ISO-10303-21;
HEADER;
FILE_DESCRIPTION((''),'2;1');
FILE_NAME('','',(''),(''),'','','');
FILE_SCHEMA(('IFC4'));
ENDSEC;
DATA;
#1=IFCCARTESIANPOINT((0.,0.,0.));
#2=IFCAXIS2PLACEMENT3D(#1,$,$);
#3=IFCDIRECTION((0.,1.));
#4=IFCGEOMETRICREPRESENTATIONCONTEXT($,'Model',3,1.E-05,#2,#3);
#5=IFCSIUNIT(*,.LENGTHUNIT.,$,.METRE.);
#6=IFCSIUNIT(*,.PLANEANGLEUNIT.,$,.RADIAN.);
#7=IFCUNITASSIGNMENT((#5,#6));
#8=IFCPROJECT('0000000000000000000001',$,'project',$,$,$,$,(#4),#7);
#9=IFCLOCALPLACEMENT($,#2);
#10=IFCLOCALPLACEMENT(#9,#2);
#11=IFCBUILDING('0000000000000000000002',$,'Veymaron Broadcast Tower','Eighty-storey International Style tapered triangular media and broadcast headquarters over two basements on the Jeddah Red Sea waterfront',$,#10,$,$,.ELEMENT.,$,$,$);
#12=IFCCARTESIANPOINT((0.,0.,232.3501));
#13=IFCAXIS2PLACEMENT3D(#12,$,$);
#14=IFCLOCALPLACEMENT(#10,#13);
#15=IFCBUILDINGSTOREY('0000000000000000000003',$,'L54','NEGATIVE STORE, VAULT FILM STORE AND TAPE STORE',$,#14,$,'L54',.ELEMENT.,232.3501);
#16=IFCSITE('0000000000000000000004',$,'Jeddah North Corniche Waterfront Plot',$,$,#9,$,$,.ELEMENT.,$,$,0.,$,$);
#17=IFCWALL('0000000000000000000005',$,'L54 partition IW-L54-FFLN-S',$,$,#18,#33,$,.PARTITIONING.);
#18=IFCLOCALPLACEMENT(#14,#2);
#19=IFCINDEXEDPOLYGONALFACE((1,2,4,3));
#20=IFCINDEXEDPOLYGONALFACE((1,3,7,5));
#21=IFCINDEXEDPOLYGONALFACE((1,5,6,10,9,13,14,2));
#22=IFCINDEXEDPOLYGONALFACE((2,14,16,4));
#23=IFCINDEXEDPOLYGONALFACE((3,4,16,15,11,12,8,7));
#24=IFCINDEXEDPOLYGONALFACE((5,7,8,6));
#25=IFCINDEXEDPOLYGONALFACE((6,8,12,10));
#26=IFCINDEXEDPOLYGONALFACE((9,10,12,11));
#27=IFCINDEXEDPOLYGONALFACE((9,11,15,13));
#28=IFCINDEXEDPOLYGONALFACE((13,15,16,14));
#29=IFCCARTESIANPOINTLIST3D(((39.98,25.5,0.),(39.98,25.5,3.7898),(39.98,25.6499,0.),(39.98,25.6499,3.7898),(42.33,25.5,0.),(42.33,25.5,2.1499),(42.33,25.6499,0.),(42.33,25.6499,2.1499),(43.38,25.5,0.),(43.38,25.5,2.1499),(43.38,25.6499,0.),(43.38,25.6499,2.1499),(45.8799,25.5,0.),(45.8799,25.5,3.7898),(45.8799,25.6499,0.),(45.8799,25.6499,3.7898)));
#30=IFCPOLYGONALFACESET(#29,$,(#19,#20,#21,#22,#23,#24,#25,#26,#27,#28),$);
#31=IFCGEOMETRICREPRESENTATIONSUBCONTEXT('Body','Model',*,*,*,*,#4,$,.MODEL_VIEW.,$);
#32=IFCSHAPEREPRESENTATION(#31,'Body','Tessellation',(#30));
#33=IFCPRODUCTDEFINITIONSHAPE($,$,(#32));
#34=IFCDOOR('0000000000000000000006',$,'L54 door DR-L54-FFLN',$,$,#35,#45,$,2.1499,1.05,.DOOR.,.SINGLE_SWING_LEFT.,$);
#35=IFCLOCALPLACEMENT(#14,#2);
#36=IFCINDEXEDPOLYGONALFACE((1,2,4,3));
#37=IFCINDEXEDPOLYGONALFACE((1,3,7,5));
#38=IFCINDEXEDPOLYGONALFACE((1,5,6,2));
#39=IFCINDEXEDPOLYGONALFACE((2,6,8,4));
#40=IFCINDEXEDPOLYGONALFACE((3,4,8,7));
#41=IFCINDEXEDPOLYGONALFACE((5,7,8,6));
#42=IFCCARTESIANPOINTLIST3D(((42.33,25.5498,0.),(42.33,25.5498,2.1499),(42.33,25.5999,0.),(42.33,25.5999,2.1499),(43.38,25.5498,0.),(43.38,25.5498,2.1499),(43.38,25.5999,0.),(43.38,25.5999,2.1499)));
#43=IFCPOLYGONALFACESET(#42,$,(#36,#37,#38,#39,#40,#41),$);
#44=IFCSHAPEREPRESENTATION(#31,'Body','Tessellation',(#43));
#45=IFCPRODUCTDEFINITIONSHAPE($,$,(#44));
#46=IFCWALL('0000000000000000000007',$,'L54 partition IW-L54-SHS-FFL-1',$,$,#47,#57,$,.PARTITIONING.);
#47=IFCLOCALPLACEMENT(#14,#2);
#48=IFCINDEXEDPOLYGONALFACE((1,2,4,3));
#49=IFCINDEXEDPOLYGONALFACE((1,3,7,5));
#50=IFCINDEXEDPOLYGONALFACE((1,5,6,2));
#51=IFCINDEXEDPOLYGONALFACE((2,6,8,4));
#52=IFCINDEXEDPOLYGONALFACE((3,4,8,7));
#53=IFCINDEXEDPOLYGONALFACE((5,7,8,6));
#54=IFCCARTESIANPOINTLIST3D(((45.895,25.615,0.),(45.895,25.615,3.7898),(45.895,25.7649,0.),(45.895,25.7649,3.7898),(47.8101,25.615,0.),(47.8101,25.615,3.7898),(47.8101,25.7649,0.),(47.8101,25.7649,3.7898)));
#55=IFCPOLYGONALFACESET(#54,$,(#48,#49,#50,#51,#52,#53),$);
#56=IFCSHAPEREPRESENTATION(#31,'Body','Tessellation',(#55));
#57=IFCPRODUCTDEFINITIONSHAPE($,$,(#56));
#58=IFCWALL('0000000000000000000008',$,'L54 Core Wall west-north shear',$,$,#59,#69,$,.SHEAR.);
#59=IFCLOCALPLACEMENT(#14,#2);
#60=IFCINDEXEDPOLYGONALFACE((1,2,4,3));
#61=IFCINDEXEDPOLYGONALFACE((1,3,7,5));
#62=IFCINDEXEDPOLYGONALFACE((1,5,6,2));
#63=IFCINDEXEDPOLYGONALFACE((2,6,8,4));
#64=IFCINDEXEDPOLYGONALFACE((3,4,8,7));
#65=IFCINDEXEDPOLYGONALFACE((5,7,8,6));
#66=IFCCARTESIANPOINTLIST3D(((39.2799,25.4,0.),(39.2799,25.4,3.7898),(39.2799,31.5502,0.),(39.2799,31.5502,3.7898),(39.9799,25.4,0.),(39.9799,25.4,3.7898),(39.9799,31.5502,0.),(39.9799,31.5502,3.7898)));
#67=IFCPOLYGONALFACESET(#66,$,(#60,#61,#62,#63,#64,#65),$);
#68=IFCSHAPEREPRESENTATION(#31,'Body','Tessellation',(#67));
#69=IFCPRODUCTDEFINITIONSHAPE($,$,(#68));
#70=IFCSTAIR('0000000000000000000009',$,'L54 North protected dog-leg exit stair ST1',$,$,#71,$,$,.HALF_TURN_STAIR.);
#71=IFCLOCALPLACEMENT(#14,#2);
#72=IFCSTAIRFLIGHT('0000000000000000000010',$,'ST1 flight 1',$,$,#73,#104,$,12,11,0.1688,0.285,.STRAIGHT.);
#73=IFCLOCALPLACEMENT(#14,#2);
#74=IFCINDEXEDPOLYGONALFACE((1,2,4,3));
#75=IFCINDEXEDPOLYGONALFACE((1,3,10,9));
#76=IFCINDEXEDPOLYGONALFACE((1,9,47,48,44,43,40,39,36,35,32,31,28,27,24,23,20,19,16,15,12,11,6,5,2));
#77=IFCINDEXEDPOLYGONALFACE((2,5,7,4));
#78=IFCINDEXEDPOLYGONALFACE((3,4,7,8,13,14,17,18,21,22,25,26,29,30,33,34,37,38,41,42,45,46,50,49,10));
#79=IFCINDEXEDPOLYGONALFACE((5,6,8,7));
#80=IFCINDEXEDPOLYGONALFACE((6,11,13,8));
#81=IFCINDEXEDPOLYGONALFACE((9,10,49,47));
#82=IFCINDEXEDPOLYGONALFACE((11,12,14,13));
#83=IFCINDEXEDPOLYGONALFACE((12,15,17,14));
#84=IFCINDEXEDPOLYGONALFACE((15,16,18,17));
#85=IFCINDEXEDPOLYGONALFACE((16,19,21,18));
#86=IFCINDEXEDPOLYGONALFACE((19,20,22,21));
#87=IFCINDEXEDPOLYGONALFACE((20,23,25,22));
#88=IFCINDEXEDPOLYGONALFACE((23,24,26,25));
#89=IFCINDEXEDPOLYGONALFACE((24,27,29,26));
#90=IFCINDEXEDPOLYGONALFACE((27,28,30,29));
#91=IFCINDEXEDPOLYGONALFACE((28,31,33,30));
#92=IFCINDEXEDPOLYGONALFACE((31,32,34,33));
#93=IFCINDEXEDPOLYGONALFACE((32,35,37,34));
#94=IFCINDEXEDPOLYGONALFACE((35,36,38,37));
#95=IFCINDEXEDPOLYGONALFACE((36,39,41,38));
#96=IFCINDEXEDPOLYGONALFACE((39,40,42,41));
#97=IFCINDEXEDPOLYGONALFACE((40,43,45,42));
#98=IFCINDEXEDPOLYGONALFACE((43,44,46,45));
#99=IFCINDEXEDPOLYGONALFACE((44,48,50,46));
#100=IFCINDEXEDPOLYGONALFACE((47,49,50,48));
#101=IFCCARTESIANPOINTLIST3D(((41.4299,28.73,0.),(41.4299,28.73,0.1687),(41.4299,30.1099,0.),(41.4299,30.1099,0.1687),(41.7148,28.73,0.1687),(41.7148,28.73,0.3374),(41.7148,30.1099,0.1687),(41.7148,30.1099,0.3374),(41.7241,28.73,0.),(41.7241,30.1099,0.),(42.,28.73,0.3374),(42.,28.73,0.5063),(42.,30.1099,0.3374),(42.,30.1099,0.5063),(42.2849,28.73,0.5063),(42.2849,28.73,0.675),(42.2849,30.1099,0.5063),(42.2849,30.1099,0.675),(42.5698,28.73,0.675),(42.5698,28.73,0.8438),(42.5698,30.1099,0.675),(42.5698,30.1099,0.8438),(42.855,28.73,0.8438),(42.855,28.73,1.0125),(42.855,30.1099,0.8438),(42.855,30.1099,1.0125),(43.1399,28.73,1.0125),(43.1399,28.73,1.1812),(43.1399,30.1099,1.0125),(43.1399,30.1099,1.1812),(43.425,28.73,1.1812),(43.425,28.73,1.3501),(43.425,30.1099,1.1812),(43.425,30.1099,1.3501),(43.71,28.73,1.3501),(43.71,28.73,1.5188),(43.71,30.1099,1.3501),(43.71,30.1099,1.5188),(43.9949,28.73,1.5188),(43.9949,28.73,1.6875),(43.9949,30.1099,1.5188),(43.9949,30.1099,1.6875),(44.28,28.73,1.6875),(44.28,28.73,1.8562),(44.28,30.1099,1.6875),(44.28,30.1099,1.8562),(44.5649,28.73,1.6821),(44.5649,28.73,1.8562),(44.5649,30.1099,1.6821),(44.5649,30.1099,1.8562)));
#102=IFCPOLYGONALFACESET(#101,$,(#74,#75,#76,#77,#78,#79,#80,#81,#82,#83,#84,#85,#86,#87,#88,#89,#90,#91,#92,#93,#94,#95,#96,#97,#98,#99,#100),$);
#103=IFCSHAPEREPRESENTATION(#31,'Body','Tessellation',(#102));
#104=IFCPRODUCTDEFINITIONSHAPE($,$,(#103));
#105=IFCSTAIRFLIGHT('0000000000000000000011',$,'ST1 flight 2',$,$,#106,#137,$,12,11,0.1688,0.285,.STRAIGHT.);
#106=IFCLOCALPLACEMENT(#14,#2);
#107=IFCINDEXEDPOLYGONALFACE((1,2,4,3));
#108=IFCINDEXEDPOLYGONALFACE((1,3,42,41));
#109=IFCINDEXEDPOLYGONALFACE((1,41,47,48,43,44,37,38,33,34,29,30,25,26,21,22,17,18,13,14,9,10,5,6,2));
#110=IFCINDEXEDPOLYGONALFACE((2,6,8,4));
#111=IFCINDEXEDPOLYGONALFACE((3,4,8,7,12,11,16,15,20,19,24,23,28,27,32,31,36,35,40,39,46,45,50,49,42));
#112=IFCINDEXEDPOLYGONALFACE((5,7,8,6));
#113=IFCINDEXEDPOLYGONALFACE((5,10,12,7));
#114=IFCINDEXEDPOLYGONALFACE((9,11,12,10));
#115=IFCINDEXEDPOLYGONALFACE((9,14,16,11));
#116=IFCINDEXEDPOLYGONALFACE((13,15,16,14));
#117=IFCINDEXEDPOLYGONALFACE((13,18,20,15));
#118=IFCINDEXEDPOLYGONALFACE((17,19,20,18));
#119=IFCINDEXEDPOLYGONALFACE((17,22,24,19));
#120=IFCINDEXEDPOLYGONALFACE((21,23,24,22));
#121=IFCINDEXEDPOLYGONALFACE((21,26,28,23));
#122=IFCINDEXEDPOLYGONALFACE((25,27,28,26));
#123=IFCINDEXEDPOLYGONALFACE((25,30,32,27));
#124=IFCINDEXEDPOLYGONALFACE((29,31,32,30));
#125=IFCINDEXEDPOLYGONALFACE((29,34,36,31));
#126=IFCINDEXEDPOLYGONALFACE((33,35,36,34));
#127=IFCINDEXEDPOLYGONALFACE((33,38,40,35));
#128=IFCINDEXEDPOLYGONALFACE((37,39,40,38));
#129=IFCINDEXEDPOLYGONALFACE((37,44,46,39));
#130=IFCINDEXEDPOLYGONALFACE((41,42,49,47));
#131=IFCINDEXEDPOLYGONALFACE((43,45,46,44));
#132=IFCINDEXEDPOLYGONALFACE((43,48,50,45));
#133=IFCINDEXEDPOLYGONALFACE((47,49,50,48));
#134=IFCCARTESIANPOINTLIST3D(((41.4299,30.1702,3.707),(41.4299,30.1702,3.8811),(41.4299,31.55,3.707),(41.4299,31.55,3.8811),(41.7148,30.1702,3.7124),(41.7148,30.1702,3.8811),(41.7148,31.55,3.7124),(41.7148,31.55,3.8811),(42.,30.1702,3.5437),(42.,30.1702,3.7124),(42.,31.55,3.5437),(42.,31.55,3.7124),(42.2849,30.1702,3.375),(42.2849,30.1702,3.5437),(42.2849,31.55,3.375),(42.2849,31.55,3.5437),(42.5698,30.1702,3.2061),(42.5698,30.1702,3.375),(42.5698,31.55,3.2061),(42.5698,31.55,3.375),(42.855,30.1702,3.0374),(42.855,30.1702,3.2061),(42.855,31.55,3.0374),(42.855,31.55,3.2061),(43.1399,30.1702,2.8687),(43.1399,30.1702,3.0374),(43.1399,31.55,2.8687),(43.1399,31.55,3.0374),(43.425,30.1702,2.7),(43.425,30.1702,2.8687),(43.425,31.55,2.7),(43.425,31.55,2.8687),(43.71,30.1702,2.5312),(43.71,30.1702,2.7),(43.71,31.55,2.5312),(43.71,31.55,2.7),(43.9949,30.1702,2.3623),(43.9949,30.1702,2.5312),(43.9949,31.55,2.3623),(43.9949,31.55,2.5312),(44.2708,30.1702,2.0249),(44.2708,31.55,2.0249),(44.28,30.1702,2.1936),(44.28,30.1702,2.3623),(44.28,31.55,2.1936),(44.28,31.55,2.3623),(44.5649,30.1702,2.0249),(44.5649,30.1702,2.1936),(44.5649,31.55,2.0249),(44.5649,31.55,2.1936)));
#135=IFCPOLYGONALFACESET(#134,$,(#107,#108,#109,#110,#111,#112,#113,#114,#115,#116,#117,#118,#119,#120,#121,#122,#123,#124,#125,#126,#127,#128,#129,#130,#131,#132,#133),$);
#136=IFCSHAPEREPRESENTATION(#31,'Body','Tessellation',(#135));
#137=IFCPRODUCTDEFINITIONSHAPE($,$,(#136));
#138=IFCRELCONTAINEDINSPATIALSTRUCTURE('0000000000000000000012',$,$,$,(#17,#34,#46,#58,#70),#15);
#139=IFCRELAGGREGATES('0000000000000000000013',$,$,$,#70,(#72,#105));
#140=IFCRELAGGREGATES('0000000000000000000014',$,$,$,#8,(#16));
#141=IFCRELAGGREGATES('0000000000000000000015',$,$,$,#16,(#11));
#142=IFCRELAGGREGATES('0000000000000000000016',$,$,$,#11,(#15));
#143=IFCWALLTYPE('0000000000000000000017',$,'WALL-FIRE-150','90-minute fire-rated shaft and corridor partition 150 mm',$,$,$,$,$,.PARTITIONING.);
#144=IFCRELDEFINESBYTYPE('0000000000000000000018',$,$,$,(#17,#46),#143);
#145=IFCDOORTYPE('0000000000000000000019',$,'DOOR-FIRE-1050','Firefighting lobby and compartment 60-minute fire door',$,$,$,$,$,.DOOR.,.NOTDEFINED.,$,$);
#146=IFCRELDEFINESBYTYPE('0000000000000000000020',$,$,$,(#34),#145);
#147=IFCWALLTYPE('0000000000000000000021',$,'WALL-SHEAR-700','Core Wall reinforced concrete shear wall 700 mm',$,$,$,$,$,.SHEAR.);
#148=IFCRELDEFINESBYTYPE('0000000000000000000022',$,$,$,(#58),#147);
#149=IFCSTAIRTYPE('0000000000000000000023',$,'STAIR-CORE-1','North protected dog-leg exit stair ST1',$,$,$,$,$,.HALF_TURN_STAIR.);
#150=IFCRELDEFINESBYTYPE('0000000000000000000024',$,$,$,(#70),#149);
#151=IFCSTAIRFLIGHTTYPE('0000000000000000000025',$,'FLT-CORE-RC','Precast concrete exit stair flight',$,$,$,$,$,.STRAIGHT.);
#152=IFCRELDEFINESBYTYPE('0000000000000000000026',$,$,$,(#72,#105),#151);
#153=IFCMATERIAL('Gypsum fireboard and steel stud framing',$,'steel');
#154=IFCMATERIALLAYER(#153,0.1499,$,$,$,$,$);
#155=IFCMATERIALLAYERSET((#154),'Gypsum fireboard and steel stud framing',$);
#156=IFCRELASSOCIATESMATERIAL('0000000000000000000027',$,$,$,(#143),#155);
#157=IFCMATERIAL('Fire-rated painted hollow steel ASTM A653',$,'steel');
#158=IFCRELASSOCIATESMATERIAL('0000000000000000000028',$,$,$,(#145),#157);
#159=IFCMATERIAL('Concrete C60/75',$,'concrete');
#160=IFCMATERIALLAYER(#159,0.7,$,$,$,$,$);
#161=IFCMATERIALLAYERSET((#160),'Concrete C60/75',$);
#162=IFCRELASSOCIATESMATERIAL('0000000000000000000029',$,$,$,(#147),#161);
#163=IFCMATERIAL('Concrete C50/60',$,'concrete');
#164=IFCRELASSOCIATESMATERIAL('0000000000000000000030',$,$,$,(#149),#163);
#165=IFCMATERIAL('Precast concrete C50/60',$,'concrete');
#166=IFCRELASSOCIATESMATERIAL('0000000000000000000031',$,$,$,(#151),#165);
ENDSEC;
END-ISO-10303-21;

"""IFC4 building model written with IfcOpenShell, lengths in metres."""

from ifc_helpers import new_model, si_unit, direction, frame, frame_2d, origin, place, context, subcontext, project, spatial, polyline, rectangle, outline, extrude, material, layer, layer_set, type_object, element, fill, aggregate, save


model = new_model("IFC4")

# Units and contexts
model_context = context("Model", 3, precision=1e-05, world=origin(), true_north=direction((0.0, 1.0)))
body_context = subcontext(model_context, "Body", "Model", "MODEL_VIEW")
ifc_project = project(units=[si_unit("LENGTHUNIT", "METRE"), si_unit("PLANEANGLEUNIT", "RADIAN")], contexts=[model_context])

# Site, building, storey
site_placement = place(None, origin())
site = spatial("IfcSite", under=ifc_project, at=site_placement, Name="Jeddah North Corniche Waterfront Plot", CompositionType="ELEMENT", RefElevation=0.0)
building_placement = place(site_placement, origin())
building = spatial("IfcBuilding", under=site, at=building_placement, Name="Veymaron Broadcast Tower", Description="Eighty-storey International Style tapered triangular media and broadcast headquarters over two basements on the Jeddah Red Sea waterfront", CompositionType="ELEMENT")
storey_placement = place(building_placement, frame((0.0, 0.0, 232.3501)))
storey = spatial("IfcBuildingStorey", under=building, at=storey_placement, Name="L54", Description="NEGATIVE STORE, VAULT FILM STORE AND TAPE STORE", LongName="L54", CompositionType="ELEMENT", Elevation=232.3501)

# Wall, opening, door
ifc_material_1 = material(Name="Gypsum fireboard and steel stud framing", Category="steel")
ifc_layer_1 = layer(ifc_material_1, 0.1499)
ifc_layer_set_1 = layer_set([ifc_layer_1], Name="Gypsum fireboard and steel stud framing")
wall_type_1 = type_object("IfcWallType", Name="WALL-FIRE-150", Description="90-minute fire-rated shaft and corridor partition 150 mm", PredefinedType="PARTITIONING", material=ifc_layer_set_1)
wall_1_placement = place(storey_placement, frame((39.98, 25.575, 0.0), z_axis=(0.0, 0.0, 1.0), x_axis=(1.0, 0.0, 0.0)))
wall_1 = element("IfcWall", 1, at=wall_1_placement, inside=storey, type_object=wall_type_1, Name="L54 partition IW-L54-FFLN-S", PredefinedType="PARTITIONING", context=body_context, shape_type="SweptSolid", body=[
    extrude(rectangle(XDim=5.8999, YDim=0.1499, at=frame_2d((2.95, 0.0))), origin(), (0.0, 0.0, 1.0), 3.7898),
])
opening_1_placement = place(wall_1_placement, frame((2.3501, 0.0, 0.0)))
opening_1 = element("IfcOpeningElement", 2, at=opening_1_placement, cuts=wall_1, PredefinedType="OPENING", context=body_context, shape_type="SweptSolid", body=[
    extrude(rectangle(XDim=1.05, YDim=2.1499, at=frame_2d((0.5249, 1.075))), frame((0.0, 0.085, 0.0), z_axis=(0.0, -1.0, 0.0), x_axis=(1.0, 0.0, 0.0)), (0.0, 0.0, 1.0), 0.1699),
])
ifc_material_2 = material(Name="Fire-rated painted hollow steel ASTM A653", Category="steel")
door_type_1 = type_object("IfcDoorType", Name="DOOR-FIRE-1050", Description="Firefighting lobby and compartment 60-minute fire door", OperationType="NOTDEFINED", PredefinedType="DOOR", material=ifc_material_2)
door_1_placement = place(opening_1_placement, origin())
door_1 = element("IfcDoor", 3, at=door_1_placement, inside=storey, type_object=door_type_1, Name="L54 door DR-L54-FFLN", OperationType="SINGLE_SWING_LEFT", OverallHeight=2.1499, OverallWidth=1.05, PredefinedType="DOOR", context=body_context, shape_type="SweptSolid", body=[
    extrude(rectangle(XDim=1.05, YDim=2.1499, at=frame_2d((0.5249, 1.075))), frame((0.0, 0.0249, 0.0), z_axis=(0.0, -1.0, 0.0), x_axis=(1.0, 0.0, 0.0)), (0.0, 0.0, 1.0), 0.05),
])
fill(opening_1, door_1)

# Wall
wall_2_placement = place(storey_placement, frame((45.895, 25.6899, 0.0), z_axis=(0.0, 0.0, 1.0), x_axis=(1.0, 0.0, 0.0)))
element("IfcWall", 4, at=wall_2_placement, inside=storey, type_object=wall_type_1, Name="L54 partition IW-L54-SHS-FFL-1", PredefinedType="PARTITIONING", context=body_context, shape_type="SweptSolid", body=[
    extrude(rectangle(XDim=1.915, YDim=0.1499, at=frame_2d((0.9575, 0.0))), origin(), (0.0, 0.0, 1.0), 3.7898),
])

# Shared definitions
ifc_material_3 = material(Name="Concrete C50/60", Category="concrete")

# Wall
ifc_material_4 = material(Name="Concrete C60/75", Category="concrete")
ifc_layer_2 = layer(ifc_material_4, 0.7)
ifc_layer_set_2 = layer_set([ifc_layer_2], Name="Concrete C60/75")
wall_type_2 = type_object("IfcWallType", Name="WALL-SHEAR-700", Description="Core Wall reinforced concrete shear wall 700 mm", PredefinedType="SHEAR", material=ifc_layer_set_2)
wall_3_placement = place(storey_placement, frame((39.6299, 25.3999, 0.0), z_axis=(0.0, 0.0, 1.0), x_axis=(0.0, 1.0, 0.0)))
element("IfcWall", 5, at=wall_3_placement, inside=storey, type_object=wall_type_2, Name="L54 Core Wall west-north shear", PredefinedType="SHEAR", context=body_context, shape_type="SweptSolid", body=[
    extrude(rectangle(XDim=6.1501, YDim=0.7, at=frame_2d((3.0752, 0.0))), origin(), (0.0, 0.0, 1.0), 3.7898),
])

# Stair, stair flights
stair_type = type_object("IfcStairType", Name="STAIR-CORE-1", Description="North protected dog-leg exit stair ST1", PredefinedType="HALF_TURN_STAIR", material=ifc_material_3)
stair_placement = place(storey_placement, origin())
stair = element("IfcStair", 6, at=stair_placement, inside=storey, type_object=stair_type, Name="L54 North protected dog-leg exit stair ST1", PredefinedType="HALF_TURN_STAIR")
ifc_material_5 = material(Name="Precast concrete C50/60", Category="concrete")
stair_flight_type = type_object("IfcStairFlightType", Name="FLT-CORE-RC", Description="Precast concrete exit stair flight", PredefinedType="STRAIGHT", material=ifc_material_5)
stair_flight_1_placement = place(storey_placement, frame((41.4299, 29.4199, 0.0), z_axis=(0.0, 0.0, 1.0), x_axis=(1.0, 0.0, 0.0)))
stair_flight_1 = element("IfcStairFlight", 7, at=stair_flight_1_placement, type_object=stair_flight_type, Name="ST1 flight 1", NumberOfRisers=12, NumberOfTreads=11, PredefinedType="STRAIGHT", RiserHeight=0.1688, TreadLength=0.285, context=body_context, shape_type="SweptSolid", body=[
    extrude(outline(polyline([(0.0, 0.0), (0.0, 0.1687), (0.2849, 0.1687), (0.2849, 0.3374), (0.5701, 0.3374), (0.5701, 0.5063), (0.855, 0.5063), (0.855, 0.675), (1.1399, 0.675), (1.1399, 0.8438), (1.425, 0.8438), (1.425, 1.0125), (1.71, 1.0125), (1.71, 1.1812), (1.9951, 1.1812), (1.9951, 1.3501), (2.28, 1.3501), (2.28, 1.5188), (2.5649, 1.5188), (2.5649, 1.6875), (2.8501, 1.6875), (2.8501, 1.8562), (3.135, 1.8562), (3.135, 2.0249), (3.135, 1.6821), (0.2942, 0.0), (0.0, 0.0)])), frame((0.0, 0.6899, 0.0), z_axis=(0.0, -1.0, 0.0), x_axis=(1.0, 0.0, 0.0)), (0.0, 0.0, 1.0), 1.3799),
])
stair_flight_2_placement = place(storey_placement, frame((44.5649, 30.8601, 2.0249), z_axis=(0.0, 0.0, 1.0), x_axis=(-1.0, 0.0, 0.0)))
stair_flight_2 = element("IfcStairFlight", 8, at=stair_flight_2_placement, type_object=stair_flight_type, Name="ST1 flight 2", NumberOfRisers=12, NumberOfTreads=11, PredefinedType="STRAIGHT", RiserHeight=0.1688, TreadLength=0.285, context=body_context, shape_type="SweptSolid", body=[
    extrude(outline(polyline([(0.0, 0.0), (0.0, 0.1687), (0.2849, 0.1687), (0.2849, 0.3374), (0.5701, 0.3374), (0.5701, 0.5063), (0.855, 0.5063), (0.855, 0.675), (1.1399, 0.675), (1.1399, 0.8438), (1.425, 0.8438), (1.425, 1.0125), (1.71, 1.0125), (1.71, 1.1812), (1.9951, 1.1812), (1.9951, 1.3501), (2.28, 1.3501), (2.28, 1.5188), (2.5649, 1.5188), (2.5649, 1.6875), (2.8501, 1.6875), (2.8501, 1.8562), (3.135, 1.8562), (3.135, 2.0249), (3.135, 1.6821), (0.2942, 0.0), (0.0, 0.0)])), frame((0.0, 0.6899, 0.0), z_axis=(0.0, -1.0, 0.0), x_axis=(1.0, 0.0, 0.0)), (0.0, 0.0, 1.0), 1.3799),
])
aggregate(stair, [stair_flight_1, stair_flight_2])

save(model, "model.ifc")
